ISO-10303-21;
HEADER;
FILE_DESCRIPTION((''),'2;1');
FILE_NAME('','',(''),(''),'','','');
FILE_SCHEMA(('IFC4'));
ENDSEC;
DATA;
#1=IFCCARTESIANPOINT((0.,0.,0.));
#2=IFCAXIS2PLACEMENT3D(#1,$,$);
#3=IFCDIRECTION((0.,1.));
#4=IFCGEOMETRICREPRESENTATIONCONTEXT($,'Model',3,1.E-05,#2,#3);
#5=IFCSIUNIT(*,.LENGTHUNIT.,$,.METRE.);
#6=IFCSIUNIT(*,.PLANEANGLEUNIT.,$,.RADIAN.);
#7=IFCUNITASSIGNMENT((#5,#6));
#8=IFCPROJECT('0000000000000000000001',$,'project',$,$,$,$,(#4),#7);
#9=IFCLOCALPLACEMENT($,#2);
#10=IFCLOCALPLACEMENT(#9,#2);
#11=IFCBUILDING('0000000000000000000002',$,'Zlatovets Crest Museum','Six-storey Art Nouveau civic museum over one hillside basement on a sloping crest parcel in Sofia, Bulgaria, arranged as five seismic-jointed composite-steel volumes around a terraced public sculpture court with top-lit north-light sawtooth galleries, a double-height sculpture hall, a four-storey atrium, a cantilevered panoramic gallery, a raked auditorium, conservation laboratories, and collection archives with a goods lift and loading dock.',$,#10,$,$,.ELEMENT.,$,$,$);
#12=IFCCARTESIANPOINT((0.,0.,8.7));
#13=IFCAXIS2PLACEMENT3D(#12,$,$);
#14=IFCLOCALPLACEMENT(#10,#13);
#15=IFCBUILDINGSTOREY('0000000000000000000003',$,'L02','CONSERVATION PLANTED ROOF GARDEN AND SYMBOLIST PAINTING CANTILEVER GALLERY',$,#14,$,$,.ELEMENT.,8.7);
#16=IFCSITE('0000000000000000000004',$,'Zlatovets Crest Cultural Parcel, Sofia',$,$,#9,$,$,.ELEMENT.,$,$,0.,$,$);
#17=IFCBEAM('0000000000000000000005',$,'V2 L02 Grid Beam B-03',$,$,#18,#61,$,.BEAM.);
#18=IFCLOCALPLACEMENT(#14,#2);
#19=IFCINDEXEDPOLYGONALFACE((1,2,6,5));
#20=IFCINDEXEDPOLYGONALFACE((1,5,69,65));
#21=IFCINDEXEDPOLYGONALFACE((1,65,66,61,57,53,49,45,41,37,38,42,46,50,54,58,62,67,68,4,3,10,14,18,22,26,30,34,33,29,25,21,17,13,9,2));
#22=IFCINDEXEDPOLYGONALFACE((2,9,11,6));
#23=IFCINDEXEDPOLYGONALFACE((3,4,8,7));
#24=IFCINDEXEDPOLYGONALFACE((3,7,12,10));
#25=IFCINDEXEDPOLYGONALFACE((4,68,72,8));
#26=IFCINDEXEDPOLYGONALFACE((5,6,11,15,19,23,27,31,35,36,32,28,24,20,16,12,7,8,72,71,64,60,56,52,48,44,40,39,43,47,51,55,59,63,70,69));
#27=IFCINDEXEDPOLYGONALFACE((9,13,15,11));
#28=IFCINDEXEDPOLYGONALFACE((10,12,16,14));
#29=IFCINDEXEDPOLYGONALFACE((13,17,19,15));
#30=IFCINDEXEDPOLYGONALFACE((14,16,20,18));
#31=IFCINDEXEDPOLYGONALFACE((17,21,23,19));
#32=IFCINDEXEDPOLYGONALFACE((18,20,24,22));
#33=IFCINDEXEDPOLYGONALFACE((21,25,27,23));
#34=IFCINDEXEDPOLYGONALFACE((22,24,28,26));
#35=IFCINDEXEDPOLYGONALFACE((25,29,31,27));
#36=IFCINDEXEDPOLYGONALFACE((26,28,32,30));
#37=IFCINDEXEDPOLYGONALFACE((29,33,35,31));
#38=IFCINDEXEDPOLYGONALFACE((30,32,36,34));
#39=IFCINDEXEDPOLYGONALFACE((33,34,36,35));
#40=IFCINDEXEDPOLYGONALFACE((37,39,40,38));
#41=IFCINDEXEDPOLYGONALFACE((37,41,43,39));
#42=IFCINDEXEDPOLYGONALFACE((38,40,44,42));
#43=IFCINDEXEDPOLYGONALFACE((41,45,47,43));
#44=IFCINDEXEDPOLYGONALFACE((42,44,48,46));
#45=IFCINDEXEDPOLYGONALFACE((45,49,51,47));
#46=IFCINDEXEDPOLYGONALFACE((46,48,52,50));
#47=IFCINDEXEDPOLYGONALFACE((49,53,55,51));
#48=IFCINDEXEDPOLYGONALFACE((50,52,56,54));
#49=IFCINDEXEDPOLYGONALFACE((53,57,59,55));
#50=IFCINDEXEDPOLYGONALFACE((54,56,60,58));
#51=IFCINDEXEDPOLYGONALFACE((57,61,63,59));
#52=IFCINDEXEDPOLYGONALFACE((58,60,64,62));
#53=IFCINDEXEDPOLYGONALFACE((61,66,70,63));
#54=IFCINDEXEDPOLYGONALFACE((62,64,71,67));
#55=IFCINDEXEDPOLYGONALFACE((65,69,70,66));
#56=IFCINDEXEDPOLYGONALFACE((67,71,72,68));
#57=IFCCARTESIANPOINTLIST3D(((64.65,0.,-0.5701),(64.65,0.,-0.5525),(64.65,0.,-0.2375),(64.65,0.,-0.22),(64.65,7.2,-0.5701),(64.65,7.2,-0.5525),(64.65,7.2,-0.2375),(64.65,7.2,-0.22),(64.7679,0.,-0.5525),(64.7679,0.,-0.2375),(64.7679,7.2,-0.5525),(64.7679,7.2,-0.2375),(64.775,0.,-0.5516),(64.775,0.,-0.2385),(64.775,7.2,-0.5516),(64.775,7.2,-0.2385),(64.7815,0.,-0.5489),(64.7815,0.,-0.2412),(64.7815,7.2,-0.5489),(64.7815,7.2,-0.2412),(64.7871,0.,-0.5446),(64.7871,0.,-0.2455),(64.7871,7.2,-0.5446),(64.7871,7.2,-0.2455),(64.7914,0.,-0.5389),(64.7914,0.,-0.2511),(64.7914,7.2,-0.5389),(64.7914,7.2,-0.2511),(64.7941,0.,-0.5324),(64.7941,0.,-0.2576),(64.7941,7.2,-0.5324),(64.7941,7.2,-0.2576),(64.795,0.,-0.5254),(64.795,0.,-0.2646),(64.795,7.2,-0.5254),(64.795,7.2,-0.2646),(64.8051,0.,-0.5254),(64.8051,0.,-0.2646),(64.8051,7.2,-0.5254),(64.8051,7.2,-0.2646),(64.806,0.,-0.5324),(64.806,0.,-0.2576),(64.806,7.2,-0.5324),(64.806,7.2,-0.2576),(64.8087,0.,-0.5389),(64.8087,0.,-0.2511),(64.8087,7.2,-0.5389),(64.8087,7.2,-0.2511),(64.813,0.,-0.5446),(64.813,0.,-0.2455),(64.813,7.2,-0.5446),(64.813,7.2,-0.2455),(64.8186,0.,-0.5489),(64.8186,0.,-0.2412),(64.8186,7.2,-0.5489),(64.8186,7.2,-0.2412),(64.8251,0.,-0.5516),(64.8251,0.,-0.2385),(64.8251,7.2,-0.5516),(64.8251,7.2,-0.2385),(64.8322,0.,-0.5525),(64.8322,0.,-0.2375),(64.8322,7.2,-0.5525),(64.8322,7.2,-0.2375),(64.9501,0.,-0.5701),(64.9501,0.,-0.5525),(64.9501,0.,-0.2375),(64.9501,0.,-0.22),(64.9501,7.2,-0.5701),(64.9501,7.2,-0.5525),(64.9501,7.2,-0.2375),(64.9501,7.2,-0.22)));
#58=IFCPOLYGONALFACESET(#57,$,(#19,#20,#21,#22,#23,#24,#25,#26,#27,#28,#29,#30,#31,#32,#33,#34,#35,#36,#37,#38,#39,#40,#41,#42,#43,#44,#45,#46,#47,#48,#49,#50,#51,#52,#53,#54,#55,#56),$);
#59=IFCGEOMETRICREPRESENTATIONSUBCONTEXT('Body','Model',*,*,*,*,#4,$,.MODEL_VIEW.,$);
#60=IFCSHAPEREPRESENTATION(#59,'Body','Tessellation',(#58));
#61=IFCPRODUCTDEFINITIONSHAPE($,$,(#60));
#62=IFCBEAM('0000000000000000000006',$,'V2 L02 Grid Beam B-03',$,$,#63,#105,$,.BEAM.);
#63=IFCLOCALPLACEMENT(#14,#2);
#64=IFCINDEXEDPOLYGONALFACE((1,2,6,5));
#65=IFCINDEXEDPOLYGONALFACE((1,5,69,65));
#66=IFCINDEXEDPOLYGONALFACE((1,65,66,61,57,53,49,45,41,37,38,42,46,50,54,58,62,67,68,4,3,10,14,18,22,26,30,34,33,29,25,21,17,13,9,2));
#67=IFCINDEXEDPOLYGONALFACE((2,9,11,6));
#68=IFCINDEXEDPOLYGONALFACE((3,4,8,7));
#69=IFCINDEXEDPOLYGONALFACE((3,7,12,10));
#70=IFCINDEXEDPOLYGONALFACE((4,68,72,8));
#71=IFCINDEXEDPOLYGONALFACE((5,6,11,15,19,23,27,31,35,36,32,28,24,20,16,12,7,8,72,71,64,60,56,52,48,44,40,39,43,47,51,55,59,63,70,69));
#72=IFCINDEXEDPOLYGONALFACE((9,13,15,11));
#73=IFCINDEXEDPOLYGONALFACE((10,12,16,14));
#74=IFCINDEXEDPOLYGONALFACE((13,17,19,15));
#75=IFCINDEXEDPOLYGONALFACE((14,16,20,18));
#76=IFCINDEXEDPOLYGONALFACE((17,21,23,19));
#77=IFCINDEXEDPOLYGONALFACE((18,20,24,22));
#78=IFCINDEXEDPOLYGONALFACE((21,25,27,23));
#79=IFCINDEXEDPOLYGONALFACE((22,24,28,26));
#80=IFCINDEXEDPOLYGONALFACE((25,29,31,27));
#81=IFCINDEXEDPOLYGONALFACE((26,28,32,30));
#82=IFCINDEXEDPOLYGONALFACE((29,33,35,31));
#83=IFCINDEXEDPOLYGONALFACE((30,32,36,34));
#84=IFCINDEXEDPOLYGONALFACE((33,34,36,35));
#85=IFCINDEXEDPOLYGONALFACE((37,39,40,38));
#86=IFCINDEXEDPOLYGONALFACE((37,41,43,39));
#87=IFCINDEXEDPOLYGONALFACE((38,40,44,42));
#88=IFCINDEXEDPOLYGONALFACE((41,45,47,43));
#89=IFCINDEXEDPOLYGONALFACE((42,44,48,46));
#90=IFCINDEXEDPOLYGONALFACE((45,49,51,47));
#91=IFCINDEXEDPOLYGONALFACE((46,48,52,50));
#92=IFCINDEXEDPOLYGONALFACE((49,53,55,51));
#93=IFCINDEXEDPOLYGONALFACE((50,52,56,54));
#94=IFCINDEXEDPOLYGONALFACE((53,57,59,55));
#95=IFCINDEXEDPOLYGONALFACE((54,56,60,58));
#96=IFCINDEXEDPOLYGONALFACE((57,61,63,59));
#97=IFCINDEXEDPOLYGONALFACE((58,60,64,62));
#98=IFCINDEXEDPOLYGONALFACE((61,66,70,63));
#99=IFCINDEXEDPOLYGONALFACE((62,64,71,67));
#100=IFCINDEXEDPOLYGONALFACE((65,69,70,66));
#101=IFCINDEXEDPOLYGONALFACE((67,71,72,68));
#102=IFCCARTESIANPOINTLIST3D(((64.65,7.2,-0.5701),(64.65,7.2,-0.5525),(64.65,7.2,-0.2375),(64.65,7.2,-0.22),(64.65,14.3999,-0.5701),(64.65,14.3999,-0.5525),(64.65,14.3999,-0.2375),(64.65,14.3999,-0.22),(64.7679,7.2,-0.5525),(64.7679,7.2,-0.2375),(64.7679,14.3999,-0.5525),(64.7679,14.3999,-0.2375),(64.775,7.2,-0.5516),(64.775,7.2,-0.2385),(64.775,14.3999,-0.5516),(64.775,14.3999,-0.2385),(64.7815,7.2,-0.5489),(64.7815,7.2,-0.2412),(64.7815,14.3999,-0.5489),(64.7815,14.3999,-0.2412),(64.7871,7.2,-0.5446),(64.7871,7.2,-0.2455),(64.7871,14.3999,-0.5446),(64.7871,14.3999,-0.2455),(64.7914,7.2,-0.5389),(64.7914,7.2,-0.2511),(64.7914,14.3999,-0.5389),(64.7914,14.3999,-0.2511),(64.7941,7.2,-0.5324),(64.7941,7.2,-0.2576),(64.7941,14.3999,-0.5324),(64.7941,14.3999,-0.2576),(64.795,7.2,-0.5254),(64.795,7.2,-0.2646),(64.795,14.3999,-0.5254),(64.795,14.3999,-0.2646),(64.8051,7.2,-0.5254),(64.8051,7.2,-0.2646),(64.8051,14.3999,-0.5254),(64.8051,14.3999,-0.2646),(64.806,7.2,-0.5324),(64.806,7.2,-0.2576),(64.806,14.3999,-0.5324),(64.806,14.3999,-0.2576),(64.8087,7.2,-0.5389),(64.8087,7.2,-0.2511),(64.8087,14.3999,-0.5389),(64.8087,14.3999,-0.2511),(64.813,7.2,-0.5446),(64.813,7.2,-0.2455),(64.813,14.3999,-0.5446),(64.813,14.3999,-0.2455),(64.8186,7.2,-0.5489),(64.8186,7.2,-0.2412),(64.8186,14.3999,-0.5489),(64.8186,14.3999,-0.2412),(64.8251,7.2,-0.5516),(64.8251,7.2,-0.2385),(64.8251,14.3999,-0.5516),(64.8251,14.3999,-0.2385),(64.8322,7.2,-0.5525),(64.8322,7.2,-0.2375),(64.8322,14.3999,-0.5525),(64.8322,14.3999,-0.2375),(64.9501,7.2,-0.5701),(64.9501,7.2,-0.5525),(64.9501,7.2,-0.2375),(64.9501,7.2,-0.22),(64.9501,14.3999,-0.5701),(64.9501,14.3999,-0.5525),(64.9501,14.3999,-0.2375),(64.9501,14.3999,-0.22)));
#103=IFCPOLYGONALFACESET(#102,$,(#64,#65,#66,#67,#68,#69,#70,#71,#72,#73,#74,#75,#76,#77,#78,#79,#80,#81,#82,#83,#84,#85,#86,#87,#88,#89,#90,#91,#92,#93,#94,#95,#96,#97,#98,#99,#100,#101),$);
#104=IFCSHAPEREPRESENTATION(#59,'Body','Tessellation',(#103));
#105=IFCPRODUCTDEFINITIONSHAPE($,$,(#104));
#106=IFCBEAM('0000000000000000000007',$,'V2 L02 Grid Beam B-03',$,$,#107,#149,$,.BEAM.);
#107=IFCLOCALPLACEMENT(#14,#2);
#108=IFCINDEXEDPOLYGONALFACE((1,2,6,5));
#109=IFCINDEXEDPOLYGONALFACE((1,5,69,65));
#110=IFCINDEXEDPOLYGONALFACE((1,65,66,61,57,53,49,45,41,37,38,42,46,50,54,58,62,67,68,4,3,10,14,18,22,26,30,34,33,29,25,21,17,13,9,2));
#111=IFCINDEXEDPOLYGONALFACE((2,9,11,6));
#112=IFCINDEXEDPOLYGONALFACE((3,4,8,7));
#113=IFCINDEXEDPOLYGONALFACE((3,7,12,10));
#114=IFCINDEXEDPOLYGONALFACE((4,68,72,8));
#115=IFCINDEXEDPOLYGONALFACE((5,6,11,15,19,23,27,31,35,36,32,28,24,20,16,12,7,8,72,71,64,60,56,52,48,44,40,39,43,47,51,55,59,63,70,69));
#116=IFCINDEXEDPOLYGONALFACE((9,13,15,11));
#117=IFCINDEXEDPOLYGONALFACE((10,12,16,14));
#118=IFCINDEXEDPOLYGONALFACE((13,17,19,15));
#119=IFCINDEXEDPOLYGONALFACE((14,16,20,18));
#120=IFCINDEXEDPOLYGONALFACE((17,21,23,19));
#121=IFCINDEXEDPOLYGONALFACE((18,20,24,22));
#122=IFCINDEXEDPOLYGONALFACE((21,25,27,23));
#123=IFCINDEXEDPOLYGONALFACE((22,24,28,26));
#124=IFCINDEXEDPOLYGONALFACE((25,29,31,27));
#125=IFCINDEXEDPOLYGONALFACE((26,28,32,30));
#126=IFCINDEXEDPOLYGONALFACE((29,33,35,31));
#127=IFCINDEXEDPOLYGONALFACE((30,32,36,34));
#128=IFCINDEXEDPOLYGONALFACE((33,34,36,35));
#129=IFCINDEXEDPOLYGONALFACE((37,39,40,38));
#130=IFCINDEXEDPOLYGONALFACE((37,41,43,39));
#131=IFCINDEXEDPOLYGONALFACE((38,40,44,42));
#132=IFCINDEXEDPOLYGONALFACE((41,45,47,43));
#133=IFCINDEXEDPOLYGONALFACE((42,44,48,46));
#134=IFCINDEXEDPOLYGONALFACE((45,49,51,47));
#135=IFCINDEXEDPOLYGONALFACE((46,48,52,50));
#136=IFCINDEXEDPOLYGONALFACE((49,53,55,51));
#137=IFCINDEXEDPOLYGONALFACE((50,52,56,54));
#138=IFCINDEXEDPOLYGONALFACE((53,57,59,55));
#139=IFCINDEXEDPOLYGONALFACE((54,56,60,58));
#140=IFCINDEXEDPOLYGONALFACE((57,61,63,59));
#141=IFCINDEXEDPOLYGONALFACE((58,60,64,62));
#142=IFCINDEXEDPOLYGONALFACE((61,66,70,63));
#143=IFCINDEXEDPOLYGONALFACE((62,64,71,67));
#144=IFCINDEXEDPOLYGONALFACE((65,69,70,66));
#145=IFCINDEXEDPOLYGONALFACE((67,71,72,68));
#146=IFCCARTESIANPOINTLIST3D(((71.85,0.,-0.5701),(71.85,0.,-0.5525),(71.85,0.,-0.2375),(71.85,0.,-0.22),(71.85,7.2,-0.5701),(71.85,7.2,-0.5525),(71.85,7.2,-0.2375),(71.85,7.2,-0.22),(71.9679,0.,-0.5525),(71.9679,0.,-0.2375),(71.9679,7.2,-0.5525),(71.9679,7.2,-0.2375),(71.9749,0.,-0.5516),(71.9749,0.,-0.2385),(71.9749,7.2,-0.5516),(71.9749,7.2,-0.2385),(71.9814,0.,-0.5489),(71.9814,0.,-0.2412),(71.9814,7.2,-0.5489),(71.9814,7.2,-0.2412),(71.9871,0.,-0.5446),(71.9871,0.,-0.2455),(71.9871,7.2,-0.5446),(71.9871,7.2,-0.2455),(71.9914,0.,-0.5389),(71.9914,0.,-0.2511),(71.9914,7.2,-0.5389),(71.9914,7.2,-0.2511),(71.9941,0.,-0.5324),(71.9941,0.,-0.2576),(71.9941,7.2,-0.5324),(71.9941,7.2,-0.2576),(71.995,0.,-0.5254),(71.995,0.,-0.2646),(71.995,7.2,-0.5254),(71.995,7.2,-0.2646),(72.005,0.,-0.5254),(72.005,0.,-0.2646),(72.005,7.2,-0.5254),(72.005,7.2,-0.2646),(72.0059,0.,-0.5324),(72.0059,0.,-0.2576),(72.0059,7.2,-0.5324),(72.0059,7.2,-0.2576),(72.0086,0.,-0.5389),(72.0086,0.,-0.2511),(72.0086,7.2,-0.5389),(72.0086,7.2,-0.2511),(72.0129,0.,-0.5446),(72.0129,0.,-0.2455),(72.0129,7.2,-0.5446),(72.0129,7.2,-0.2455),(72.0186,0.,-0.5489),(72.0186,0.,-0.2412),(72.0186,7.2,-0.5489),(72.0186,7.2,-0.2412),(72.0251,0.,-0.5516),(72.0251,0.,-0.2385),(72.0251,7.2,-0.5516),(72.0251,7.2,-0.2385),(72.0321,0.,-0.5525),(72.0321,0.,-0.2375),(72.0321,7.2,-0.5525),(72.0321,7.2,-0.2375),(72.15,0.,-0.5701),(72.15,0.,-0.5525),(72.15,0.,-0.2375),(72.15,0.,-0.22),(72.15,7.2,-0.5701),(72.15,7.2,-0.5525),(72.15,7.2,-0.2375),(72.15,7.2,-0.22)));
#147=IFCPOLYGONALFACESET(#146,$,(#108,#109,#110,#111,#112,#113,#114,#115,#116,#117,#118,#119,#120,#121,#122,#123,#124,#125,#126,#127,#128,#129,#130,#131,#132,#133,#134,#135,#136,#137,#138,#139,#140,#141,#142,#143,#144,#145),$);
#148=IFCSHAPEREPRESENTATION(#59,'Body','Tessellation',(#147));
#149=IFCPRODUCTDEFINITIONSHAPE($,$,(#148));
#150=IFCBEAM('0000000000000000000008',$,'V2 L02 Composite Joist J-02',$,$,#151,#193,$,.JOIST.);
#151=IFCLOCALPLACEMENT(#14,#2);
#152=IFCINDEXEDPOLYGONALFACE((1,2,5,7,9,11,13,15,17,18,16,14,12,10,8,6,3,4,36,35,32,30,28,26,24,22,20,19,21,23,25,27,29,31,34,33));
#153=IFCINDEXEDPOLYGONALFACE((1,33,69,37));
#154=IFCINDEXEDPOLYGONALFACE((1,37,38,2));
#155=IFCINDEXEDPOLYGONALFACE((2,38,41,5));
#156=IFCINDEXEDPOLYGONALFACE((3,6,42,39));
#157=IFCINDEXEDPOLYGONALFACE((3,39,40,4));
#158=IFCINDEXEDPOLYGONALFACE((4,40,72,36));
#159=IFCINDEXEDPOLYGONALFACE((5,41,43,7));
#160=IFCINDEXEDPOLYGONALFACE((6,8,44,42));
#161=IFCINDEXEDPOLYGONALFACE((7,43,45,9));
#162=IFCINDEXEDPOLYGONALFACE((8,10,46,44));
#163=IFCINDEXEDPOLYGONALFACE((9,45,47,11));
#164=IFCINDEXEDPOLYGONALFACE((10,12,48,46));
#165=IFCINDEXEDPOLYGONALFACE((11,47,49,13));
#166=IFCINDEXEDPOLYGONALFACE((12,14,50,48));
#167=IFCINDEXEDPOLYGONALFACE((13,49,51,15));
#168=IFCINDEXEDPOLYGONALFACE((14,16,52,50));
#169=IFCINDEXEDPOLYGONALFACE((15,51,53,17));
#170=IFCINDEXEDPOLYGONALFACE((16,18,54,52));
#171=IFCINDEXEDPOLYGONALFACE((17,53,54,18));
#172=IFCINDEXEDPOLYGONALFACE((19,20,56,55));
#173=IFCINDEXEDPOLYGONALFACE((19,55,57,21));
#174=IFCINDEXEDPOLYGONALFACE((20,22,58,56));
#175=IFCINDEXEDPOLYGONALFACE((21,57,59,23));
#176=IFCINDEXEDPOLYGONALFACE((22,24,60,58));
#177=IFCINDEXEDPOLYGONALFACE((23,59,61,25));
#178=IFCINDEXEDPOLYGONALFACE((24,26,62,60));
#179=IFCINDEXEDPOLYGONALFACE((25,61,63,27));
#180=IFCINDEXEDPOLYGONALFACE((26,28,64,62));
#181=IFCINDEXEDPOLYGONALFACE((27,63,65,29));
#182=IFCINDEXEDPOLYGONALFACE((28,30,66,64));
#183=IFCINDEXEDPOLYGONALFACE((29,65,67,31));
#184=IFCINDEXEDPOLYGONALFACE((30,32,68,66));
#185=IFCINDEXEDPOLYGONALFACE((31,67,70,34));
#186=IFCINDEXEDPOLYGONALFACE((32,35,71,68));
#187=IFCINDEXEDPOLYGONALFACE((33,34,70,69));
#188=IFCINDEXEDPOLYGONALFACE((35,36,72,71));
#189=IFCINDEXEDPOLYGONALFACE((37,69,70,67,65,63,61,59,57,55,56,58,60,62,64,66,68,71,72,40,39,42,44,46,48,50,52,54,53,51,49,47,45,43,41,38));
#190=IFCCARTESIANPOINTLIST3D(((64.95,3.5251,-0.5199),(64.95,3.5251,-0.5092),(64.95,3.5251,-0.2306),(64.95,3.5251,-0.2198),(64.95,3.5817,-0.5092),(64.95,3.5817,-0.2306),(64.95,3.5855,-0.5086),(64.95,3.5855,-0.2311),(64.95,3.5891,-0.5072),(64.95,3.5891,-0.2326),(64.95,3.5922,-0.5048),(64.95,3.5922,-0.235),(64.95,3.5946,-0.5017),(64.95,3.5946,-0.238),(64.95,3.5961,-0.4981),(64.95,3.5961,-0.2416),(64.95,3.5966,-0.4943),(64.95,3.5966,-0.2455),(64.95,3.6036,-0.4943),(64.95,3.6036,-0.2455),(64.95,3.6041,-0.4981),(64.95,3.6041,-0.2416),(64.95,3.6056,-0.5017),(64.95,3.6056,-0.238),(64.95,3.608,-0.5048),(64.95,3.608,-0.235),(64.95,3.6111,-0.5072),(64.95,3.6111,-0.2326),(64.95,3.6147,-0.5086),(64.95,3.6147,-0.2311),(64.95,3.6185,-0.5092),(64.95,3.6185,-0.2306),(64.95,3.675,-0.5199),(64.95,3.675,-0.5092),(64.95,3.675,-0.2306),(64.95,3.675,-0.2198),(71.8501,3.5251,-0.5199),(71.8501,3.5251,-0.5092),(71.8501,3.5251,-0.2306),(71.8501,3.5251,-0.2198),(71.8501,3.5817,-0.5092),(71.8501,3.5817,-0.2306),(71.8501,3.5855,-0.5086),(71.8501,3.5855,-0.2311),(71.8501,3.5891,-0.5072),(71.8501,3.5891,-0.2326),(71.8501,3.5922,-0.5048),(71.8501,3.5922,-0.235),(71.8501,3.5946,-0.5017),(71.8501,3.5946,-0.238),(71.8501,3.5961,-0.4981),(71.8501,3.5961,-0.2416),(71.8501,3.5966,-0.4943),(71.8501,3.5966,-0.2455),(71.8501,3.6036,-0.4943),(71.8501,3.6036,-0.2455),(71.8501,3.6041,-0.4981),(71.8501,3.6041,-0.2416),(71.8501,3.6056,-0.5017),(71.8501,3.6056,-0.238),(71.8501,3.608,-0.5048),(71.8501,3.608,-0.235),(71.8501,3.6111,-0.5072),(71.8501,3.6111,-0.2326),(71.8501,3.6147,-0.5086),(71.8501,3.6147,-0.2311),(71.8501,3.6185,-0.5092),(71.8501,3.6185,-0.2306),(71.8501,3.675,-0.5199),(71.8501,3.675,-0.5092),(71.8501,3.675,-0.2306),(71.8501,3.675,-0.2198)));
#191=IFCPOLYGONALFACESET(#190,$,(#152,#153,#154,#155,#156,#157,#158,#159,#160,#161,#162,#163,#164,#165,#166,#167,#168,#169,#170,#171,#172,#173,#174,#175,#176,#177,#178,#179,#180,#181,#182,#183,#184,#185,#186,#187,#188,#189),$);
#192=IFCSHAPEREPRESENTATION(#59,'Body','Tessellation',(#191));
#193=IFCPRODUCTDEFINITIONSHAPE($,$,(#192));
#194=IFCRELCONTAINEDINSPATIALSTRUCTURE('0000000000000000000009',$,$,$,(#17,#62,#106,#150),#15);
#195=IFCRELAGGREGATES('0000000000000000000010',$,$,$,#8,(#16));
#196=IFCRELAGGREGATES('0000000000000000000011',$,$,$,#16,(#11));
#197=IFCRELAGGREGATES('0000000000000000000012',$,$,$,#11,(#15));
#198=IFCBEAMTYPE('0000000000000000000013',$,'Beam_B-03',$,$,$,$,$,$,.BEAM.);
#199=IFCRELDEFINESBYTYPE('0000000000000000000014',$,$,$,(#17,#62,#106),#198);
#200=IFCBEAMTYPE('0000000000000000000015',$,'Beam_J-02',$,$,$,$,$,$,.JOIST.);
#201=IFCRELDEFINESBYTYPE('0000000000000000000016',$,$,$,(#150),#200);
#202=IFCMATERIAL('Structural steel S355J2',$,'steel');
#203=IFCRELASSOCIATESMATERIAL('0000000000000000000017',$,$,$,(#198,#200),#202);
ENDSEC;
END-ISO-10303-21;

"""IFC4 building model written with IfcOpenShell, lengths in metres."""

from ifc_helpers import new_model, si_unit, direction, frame, origin, origin_2d, place, context, subcontext, project, spatial, i_section, extrude, material, material_profile, profile_set, type_object, element, save


model = new_model("IFC4")

# Units and contexts
model_context = context("Model", 3, precision=1e-05, world=origin(), true_north=direction((0.0, 1.0)))
body_context = subcontext(model_context, "Body", "Model", "MODEL_VIEW")
ifc_project = project(units=[si_unit("LENGTHUNIT", "METRE"), si_unit("PLANEANGLEUNIT", "RADIAN")], contexts=[model_context])

# Site, building, storey
site_placement = place(None, origin())
site = spatial("IfcSite", under=ifc_project, at=site_placement, Name="Zlatovets Crest Cultural Parcel, Sofia", CompositionType="ELEMENT", RefElevation=0.0)
building_placement = place(site_placement, origin())
building = spatial("IfcBuilding", under=site, at=building_placement, Name="Zlatovets Crest Museum", Description="Six-storey Art Nouveau civic museum over one hillside basement on a sloping crest parcel in Sofia, Bulgaria, arranged as five seismic-jointed composite-steel volumes around a terraced public sculpture court with top-lit north-light sawtooth galleries, a double-height sculpture hall, a four-storey atrium, a cantilevered panoramic gallery, a raked auditorium, conservation laboratories, and collection archives with a goods lift and loading dock.", CompositionType="ELEMENT")
storey_placement = place(building_placement, frame((0.0, 0.0, 8.7)))
storey = spatial("IfcBuildingStorey", under=building, at=storey_placement, Name="L02", Description="CONSERVATION PLANTED ROOF GARDEN AND SYMBOLIST PAINTING CANTILEVER GALLERY", CompositionType="ELEMENT", Elevation=8.7)

# Shared definitions
ifc_material_1 = material(Name="Structural steel S355J2", Category="steel")

# Beams
ifc_material_profile_1 = material_profile(ifc_material_1, i_section(OverallWidth=0.3, OverallDepth=0.3501, WebThickness=0.01, FlangeThickness=0.0176, FilletRadius=0.0271, at=origin_2d()), Name="HEA 360")
ifc_profile_set_1 = profile_set([ifc_material_profile_1], Name="Structural steel S355J2")
beam_type_1 = type_object("IfcBeamType", Name="Beam_B-03", PredefinedType="BEAM", material=ifc_profile_set_1)
for number, where, z_axis, x_axis, name in (
    (1, (64.8, 0.0, -0.395), (0.0, 1.0, 0.0), (-1.0, 0.0, 0.0), "V2 L02 Grid Beam B-03"),
    (2, (64.8, 7.2, -0.395), (0.0, 1.0, 0.0), (-1.0, 0.0, 0.0), "V2 L02 Grid Beam B-03"),
    (3, (72.0, 0.0, -0.395), (0.0, 1.0, 0.0), (-1.0, 0.0, 0.0), "V2 L02 Grid Beam B-03"),
):
    element("IfcBeam", number, at=place(storey_placement, frame(where, z_axis=z_axis, x_axis=x_axis)), inside=storey, type_object=beam_type_1, Name=name, PredefinedType="BEAM", context=body_context, shape_type="SweptSolid", body=[
        extrude(i_section(OverallWidth=0.3, OverallDepth=0.3501, WebThickness=0.01, FlangeThickness=0.0176, FilletRadius=0.0271, at=origin_2d()), origin(), (0.0, 0.0, 1.0), 7.2),
    ])
ifc_material_profile_2 = material_profile(ifc_material_1, i_section(OverallWidth=0.1499, OverallDepth=0.3, WebThickness=0.0071, FlangeThickness=0.0107, FilletRadius=0.0149, at=origin_2d()), Name="IPE 300")
ifc_profile_set_2 = profile_set([ifc_material_profile_2], Name="Structural steel S355J2")
beam_type_2 = type_object("IfcBeamType", Name="Beam_J-02", PredefinedType="JOIST", material=ifc_profile_set_2)
beam_placement = place(storey_placement, frame((64.95, 3.6001, -0.3699), z_axis=(1.0, 0.0, 0.0), x_axis=(0.0, 1.0, 0.0)))
element("IfcBeam", 4, at=beam_placement, inside=storey, type_object=beam_type_2, Name="V2 L02 Composite Joist J-02", PredefinedType="JOIST", context=body_context, shape_type="SweptSolid", body=[
    extrude(i_section(OverallWidth=0.1499, OverallDepth=0.3, WebThickness=0.0071, FlangeThickness=0.0107, FilletRadius=0.0149, at=origin_2d()), origin(), (0.0, 0.0, 1.0), 6.9001),
])

save(model, "model.ifc")
